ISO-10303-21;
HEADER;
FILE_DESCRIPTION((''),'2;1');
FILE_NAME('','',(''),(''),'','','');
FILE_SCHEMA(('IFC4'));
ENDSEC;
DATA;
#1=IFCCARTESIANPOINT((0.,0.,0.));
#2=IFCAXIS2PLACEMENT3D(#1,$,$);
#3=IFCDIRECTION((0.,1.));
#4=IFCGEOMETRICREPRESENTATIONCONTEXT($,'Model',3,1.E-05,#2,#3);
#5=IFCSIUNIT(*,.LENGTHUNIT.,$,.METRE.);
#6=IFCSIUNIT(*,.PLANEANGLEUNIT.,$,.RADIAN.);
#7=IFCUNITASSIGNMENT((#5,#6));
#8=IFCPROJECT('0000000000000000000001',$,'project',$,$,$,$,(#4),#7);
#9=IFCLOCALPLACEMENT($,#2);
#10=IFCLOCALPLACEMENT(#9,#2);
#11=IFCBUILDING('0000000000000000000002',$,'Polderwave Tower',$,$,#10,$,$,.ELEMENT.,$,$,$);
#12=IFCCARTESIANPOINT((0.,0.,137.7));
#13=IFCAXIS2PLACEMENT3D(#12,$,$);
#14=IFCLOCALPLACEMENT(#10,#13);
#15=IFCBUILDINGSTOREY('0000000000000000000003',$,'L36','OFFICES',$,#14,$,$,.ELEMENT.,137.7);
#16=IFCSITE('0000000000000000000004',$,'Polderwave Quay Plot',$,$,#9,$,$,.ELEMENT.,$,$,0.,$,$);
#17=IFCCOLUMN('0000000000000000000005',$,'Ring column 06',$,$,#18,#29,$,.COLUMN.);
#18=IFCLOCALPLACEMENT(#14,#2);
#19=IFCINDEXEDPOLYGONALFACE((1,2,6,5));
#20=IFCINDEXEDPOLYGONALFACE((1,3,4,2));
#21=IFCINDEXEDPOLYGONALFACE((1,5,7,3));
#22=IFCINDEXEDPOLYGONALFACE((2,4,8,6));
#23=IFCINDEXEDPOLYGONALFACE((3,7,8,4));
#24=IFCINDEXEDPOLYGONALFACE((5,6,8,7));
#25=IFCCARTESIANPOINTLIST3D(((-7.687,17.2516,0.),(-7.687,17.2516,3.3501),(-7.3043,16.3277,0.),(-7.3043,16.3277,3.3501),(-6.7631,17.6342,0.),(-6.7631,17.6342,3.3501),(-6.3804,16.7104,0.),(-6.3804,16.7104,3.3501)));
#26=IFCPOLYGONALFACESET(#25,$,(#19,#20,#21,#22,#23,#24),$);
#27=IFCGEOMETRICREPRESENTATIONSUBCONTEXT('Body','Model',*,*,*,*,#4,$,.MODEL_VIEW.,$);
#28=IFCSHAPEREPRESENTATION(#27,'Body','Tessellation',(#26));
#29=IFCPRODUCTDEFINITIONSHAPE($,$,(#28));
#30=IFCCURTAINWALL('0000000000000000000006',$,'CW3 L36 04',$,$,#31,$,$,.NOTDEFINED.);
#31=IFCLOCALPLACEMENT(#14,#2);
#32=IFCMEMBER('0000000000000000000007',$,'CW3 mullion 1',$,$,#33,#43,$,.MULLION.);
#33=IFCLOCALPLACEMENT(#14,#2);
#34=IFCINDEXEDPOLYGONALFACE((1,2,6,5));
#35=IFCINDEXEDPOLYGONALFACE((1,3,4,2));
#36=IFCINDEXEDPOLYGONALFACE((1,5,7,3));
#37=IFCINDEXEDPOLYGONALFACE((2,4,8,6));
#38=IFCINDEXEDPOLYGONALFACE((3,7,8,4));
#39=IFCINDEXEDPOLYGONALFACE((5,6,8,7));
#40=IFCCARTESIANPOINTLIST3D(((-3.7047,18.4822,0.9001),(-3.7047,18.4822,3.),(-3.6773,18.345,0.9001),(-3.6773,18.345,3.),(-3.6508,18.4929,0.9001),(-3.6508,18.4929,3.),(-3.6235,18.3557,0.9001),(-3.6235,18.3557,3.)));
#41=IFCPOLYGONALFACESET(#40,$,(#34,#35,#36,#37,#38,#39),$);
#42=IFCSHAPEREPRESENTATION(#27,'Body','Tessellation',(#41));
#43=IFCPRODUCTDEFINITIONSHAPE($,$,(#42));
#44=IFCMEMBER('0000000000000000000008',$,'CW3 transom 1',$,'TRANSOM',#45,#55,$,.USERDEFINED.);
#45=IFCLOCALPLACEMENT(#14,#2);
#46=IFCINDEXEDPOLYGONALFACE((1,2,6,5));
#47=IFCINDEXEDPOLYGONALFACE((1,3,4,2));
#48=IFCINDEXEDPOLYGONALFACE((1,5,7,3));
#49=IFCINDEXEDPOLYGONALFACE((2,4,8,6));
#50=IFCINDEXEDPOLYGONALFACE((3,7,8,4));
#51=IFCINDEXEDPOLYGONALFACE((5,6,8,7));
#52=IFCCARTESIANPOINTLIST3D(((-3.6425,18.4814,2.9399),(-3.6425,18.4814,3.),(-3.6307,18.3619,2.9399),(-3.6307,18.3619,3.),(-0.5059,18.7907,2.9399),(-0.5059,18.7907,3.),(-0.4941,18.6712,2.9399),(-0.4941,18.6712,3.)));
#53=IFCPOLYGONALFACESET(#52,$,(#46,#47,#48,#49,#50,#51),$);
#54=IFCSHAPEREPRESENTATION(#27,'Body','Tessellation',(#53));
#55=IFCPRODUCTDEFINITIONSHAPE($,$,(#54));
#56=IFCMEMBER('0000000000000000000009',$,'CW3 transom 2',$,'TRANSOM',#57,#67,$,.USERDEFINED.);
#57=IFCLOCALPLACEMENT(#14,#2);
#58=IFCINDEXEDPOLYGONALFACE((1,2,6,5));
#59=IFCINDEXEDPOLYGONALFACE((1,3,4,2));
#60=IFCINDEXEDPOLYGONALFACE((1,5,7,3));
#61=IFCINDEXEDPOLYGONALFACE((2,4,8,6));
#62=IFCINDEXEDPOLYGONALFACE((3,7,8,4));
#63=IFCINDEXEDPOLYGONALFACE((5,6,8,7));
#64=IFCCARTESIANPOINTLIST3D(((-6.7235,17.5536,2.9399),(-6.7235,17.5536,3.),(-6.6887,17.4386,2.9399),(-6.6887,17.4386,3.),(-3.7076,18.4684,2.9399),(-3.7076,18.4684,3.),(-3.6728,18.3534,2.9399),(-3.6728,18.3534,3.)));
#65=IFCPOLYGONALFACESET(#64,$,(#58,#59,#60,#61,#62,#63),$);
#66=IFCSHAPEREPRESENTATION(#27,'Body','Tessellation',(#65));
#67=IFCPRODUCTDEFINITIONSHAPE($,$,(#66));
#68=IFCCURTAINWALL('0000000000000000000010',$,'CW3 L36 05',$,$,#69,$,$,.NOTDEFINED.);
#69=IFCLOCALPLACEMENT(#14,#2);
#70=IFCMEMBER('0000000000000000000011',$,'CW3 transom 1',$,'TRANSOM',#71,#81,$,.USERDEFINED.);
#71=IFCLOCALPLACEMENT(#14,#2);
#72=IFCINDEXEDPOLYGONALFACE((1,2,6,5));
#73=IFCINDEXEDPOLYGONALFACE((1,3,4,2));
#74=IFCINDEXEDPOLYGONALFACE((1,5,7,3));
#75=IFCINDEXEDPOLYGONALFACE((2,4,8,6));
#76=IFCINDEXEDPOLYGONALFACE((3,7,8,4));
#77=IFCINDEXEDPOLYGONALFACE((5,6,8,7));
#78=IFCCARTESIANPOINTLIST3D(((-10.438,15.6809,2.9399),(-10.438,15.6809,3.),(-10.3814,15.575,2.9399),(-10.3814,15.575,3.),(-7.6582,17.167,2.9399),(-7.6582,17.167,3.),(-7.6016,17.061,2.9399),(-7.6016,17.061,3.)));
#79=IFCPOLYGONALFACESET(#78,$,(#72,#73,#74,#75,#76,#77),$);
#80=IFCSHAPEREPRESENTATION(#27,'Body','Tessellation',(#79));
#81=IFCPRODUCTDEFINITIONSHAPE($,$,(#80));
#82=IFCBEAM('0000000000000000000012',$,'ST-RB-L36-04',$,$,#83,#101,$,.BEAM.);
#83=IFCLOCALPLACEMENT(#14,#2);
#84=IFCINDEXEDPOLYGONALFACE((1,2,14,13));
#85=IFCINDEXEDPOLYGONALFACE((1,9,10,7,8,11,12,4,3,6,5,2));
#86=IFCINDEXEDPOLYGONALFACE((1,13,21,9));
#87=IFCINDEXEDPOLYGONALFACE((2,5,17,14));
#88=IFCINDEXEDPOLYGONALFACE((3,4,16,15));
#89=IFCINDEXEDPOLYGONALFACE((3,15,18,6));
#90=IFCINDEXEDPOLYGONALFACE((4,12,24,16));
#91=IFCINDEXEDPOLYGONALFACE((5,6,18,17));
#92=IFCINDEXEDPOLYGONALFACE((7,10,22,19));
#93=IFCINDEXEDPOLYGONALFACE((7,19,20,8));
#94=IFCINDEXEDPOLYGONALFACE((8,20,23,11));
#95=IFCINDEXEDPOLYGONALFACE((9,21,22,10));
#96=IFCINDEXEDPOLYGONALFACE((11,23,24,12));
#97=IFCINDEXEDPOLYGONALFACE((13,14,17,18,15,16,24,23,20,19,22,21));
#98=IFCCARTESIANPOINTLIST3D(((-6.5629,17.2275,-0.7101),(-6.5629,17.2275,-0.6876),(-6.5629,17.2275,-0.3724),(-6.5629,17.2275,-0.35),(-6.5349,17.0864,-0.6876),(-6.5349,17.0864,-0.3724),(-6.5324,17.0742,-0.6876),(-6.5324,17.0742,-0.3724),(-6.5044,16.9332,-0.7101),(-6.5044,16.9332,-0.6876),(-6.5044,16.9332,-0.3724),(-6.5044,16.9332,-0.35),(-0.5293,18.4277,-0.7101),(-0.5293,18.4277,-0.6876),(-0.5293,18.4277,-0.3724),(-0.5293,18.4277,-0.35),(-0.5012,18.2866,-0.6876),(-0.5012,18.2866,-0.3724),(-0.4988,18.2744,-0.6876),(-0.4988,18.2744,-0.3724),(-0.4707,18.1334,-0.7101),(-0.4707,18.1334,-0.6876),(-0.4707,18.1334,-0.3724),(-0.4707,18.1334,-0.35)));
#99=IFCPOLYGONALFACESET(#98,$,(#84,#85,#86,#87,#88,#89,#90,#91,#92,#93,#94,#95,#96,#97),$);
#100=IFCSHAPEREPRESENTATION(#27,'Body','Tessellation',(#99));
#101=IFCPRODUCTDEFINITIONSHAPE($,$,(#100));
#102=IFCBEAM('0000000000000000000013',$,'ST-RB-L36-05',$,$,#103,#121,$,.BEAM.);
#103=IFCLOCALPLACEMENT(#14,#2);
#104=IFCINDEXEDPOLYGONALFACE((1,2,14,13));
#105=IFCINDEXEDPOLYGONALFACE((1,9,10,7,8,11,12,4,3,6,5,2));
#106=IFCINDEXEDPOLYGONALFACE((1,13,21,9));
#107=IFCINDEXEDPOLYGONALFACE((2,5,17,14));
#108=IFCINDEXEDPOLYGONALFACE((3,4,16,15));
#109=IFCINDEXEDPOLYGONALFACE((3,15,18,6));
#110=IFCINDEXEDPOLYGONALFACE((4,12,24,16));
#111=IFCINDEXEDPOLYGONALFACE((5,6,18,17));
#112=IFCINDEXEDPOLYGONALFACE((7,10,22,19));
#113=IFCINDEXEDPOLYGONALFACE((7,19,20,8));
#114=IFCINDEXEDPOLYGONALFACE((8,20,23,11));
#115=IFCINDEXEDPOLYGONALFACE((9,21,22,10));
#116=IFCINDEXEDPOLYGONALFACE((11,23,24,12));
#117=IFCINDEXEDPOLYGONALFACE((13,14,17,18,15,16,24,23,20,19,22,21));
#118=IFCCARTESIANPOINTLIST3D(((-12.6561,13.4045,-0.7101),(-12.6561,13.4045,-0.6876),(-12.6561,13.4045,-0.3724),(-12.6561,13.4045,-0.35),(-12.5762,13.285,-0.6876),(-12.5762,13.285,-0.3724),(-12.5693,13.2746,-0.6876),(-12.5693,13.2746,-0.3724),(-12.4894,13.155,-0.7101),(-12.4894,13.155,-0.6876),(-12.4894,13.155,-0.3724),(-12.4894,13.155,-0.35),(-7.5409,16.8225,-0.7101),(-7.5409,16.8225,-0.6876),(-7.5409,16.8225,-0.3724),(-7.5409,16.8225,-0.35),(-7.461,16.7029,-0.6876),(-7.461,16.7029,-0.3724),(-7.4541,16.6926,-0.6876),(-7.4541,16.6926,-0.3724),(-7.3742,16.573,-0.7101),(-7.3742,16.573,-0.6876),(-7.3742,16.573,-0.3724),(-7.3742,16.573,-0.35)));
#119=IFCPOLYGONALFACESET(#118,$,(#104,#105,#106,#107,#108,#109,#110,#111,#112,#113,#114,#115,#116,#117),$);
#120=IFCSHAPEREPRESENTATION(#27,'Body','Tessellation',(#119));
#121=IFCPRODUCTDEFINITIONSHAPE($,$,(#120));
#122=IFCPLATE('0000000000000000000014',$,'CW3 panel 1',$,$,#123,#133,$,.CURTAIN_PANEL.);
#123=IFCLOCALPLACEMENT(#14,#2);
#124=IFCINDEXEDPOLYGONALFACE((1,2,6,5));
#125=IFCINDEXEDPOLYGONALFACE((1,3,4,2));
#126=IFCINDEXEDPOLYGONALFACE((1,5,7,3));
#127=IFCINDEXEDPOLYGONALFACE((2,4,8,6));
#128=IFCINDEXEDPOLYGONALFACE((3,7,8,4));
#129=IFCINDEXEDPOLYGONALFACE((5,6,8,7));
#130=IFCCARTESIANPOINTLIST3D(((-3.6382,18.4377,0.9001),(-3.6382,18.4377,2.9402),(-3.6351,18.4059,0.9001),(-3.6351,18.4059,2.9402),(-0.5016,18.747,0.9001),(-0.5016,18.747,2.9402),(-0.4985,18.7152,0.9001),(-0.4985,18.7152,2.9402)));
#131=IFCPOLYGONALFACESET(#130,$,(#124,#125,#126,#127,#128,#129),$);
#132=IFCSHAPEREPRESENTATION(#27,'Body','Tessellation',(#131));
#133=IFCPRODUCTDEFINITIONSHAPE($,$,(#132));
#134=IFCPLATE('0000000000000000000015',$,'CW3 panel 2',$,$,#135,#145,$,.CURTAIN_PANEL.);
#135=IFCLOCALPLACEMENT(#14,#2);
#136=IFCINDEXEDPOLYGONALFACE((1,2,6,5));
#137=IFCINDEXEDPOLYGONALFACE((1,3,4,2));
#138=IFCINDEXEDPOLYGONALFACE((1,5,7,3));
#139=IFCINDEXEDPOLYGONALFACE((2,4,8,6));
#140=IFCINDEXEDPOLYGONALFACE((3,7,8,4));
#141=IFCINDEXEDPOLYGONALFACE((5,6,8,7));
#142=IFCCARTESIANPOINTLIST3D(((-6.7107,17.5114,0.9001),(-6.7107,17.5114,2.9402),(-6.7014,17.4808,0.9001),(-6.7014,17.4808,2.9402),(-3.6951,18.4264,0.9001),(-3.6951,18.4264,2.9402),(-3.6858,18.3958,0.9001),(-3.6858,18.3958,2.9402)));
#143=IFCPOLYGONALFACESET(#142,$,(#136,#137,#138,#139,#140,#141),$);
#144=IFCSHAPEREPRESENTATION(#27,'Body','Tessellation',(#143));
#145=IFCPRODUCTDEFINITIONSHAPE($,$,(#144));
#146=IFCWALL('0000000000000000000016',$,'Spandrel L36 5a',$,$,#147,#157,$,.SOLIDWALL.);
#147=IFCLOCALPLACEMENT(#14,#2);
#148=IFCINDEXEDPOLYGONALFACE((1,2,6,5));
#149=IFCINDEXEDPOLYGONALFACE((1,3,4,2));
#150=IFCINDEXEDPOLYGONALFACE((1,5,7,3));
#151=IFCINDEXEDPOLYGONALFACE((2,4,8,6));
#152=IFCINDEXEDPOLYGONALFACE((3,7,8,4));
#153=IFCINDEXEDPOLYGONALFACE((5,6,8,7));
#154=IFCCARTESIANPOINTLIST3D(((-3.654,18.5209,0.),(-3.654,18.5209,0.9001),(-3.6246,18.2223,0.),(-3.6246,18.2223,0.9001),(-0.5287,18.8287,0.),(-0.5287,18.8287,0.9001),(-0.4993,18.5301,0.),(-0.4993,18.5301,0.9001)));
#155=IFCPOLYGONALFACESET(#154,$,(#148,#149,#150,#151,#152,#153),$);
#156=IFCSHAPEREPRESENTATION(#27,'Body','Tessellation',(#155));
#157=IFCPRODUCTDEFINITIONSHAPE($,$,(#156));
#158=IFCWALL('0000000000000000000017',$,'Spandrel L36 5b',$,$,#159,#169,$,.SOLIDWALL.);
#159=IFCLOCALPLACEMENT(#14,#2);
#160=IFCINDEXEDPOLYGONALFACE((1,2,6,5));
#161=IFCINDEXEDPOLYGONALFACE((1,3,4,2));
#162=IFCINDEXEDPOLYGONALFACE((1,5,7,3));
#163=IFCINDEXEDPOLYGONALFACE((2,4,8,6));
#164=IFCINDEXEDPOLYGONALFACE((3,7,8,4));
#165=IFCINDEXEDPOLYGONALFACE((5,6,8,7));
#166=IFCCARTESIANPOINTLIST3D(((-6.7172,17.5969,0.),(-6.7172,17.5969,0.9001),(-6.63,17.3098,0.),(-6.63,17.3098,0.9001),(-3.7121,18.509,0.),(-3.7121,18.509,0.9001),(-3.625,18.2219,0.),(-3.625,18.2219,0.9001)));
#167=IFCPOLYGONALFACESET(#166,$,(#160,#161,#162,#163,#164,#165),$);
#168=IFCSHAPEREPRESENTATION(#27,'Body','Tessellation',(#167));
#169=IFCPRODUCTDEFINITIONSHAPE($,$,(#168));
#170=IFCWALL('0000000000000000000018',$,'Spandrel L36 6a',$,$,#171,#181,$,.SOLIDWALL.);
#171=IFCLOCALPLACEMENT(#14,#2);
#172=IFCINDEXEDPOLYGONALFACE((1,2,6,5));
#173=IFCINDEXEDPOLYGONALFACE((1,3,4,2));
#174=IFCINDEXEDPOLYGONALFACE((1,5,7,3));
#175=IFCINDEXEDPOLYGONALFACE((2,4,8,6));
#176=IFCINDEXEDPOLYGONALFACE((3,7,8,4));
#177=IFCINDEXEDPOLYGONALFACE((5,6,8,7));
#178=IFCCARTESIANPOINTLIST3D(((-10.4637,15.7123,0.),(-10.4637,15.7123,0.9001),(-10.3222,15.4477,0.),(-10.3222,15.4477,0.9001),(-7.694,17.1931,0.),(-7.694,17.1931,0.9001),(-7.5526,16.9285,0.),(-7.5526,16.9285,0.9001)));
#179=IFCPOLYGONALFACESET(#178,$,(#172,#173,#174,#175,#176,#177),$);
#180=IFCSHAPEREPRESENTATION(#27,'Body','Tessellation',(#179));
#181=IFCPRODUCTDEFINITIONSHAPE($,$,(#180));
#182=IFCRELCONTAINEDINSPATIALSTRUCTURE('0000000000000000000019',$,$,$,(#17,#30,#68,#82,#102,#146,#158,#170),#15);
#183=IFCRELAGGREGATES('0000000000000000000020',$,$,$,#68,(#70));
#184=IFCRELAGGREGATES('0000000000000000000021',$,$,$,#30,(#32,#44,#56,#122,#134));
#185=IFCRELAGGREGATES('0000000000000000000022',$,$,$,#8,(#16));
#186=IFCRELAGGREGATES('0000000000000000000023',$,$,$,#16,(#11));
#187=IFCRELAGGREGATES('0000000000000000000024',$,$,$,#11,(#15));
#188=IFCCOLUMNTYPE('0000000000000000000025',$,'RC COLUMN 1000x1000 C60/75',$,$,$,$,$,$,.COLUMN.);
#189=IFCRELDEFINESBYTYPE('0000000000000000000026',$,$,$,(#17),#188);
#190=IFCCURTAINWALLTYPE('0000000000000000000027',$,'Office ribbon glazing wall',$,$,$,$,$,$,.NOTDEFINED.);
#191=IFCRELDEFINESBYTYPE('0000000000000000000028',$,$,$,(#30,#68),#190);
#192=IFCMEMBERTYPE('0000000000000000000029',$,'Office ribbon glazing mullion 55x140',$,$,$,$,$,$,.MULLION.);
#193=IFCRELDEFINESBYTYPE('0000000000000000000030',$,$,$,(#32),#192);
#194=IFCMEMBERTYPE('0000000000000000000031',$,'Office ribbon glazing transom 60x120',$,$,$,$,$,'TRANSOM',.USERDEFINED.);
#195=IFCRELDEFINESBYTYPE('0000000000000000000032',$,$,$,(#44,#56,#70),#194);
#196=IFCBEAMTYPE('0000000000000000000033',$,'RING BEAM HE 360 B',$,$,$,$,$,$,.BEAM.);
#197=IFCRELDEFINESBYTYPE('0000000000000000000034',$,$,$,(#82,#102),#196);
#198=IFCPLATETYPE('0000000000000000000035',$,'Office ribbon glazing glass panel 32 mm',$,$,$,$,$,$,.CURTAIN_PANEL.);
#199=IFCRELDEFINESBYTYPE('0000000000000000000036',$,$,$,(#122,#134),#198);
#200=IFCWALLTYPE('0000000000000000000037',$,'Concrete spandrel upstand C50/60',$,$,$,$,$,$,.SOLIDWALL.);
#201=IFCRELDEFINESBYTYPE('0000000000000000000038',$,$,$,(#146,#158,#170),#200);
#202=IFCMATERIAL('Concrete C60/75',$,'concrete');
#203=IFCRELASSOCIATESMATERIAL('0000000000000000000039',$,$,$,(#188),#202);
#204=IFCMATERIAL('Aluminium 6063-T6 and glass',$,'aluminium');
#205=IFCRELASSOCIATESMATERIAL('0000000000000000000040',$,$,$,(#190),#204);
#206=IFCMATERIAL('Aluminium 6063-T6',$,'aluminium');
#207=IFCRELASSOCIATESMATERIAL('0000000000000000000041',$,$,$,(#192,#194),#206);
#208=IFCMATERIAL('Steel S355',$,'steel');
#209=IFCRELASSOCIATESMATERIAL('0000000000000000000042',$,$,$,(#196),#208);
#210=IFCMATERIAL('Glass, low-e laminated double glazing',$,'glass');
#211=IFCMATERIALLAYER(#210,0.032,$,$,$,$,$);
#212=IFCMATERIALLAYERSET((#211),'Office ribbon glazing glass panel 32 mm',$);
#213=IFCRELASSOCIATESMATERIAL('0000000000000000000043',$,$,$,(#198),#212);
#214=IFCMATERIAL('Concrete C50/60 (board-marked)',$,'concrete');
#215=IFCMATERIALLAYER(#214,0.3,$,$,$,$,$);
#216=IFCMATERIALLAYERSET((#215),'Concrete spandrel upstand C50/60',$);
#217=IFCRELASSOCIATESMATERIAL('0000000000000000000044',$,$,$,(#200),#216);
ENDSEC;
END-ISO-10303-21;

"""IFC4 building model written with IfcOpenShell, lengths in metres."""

from ifc_helpers import new_model, si_unit, direction, frame, frame_2d, origin, origin_2d, place, context, subcontext, project, spatial, rectangle, i_section, extrude, material, layer, layer_set, material_profile, profile_set, type_object, element, aggregate, save


model = new_model("IFC4")

# Units and contexts
model_context = context("Model", 3, precision=1e-05, world=origin(), true_north=direction((0.0, 1.0)))
body_context = subcontext(model_context, "Body", "Model", "MODEL_VIEW")
ifc_project = project(units=[si_unit("LENGTHUNIT", "METRE"), si_unit("PLANEANGLEUNIT", "RADIAN")], contexts=[model_context])

# Site, building, storey
site_placement = place(None, origin())
site = spatial("IfcSite", under=ifc_project, at=site_placement, Name="Polderwave Quay Plot", CompositionType="ELEMENT", RefElevation=0.0)
building_placement = place(site_placement, origin())
building = spatial("IfcBuilding", under=site, at=building_placement, Name="Polderwave Tower", CompositionType="ELEMENT")
storey_placement = place(building_placement, frame((0.0, 0.0, 137.7)))
storey = spatial("IfcBuildingStorey", under=building, at=storey_placement, Name="L36", Description="OFFICES", CompositionType="ELEMENT", Elevation=137.7)

# Column
ifc_material_1 = material(Name="Concrete C60/75", Category="concrete")
ifc_material_profile_1 = material_profile(ifc_material_1, rectangle(XDim=1.0, YDim=1.0, at=origin_2d()), Name="RC 1000x1000")
ifc_profile_set_1 = profile_set([ifc_material_profile_1], Name="Concrete C60/75")
column_type = type_object("IfcColumnType", Name="RC COLUMN 1000x1000 C60/75", PredefinedType="COLUMN", material=ifc_profile_set_1)
column_placement = place(storey_placement, frame((-7.0337, 16.981, 0.0), z_axis=(0.0, 0.0, 1.0), x_axis=(-0.382683, 0.92388, 0.0)))
element("IfcColumn", 1, at=column_placement, inside=storey, type_object=column_type, Name="Ring column 06", PredefinedType="COLUMN", context=body_context, shape_type="SweptSolid", body=[
    extrude(rectangle(XDim=1.0, YDim=1.0, at=origin_2d()), origin(), (0.0, 0.0, 1.0), 3.3501),
])

# Curtain wall, members
ifc_material_2 = material(Name="Aluminium 6063-T6 and glass", Category="aluminium")
curtain_wall_type = type_object("IfcCurtainWallType", Name="Office ribbon glazing wall", PredefinedType="NOTDEFINED", material=ifc_material_2)
curtain_wall_1_placement = place(storey_placement, origin())
curtain_wall_1 = element("IfcCurtainWall", 2, at=curtain_wall_1_placement, inside=storey, type_object=curtain_wall_type, Name="CW3 L36 04", PredefinedType="NOTDEFINED")
ifc_material_3 = material(Name="Aluminium 6063-T6", Category="aluminium")
ifc_material_profile_2 = material_profile(ifc_material_3, rectangle(XDim=0.1399, YDim=0.0549, at=origin_2d()), Name="AL 55x140")
ifc_profile_set_2 = profile_set([ifc_material_profile_2], Name="Aluminium 6063-T6")
member_type_1 = type_object("IfcMemberType", Name="Office ribbon glazing mullion 55x140", PredefinedType="MULLION", material=ifc_profile_set_2)
member_1_placement = place(storey_placement, frame((-3.6641, 18.4189, 0.9001), z_axis=(0.0, 0.0, 1.0), x_axis=(0.195179, -0.980768, 0.0)))
member_1 = element("IfcMember", 3, at=member_1_placement, type_object=member_type_1, Name="CW3 mullion 1", PredefinedType="MULLION", context=body_context, shape_type="SweptSolid", body=[
    extrude(rectangle(XDim=0.1399, YDim=0.0549, at=origin_2d()), origin(), (0.0, 0.0, 1.0), 2.0999),
])
ifc_material_profile_3 = material_profile(ifc_material_3, rectangle(XDim=0.1201, YDim=0.0601, at=origin_2d()), Name="AL 60x120")
ifc_profile_set_3 = profile_set([ifc_material_profile_3], Name="Aluminium 6063-T6")
member_type_2 = type_object("IfcMemberType", Name="Office ribbon glazing transom 60x120", ElementType="TRANSOM", PredefinedType="USERDEFINED", material=ifc_profile_set_3)
member_2_placement = place(storey_placement, frame((-0.5, 18.731, 2.97), z_axis=(-0.995173, -0.098139, 0.0), x_axis=(0.098139, -0.995173, 0.0)))
member_2 = element("IfcMember", 4, at=member_2_placement, type_object=member_type_2, Name="CW3 transom 1", ObjectType="TRANSOM", PredefinedType="USERDEFINED", context=body_context, shape_type="SweptSolid", body=[
    extrude(rectangle(XDim=0.1201, YDim=0.0601, at=origin_2d()), origin(), (0.0, 0.0, 1.0), 3.1519),
])
member_3_placement = place(storey_placement, frame((-3.6902, 18.4109, 2.97), z_axis=(-0.956946, -0.290268, 0.0), x_axis=(0.290268, -0.956946, 0.0)))
member_3 = element("IfcMember", 5, at=member_3_placement, type_object=member_type_2, Name="CW3 transom 2", ObjectType="TRANSOM", PredefinedType="USERDEFINED", context=body_context, shape_type="SweptSolid", body=[
    extrude(rectangle(XDim=0.1201, YDim=0.0601, at=origin_2d()), origin(), (0.0, 0.0, 1.0), 3.1516),
])

# Curtain wall, member
curtain_wall_2_placement = place(storey_placement, origin())
curtain_wall_2 = element("IfcCurtainWall", 6, at=curtain_wall_2_placement, inside=storey, type_object=curtain_wall_type, Name="CW3 L36 05", PredefinedType="NOTDEFINED")
member_4_placement = place(storey_placement, frame((-7.6299, 17.114, 2.97), z_axis=(-0.881887, -0.47146, 0.0), x_axis=(0.47146, -0.881887, 0.0)))
member_4 = element("IfcMember", 7, at=member_4_placement, type_object=member_type_2, Name="CW3 transom 1", ObjectType="TRANSOM", PredefinedType="USERDEFINED", context=body_context, shape_type="SweptSolid", body=[
    extrude(rectangle(XDim=0.1201, YDim=0.0601, at=origin_2d()), origin(), (0.0, 0.0, 1.0), 3.1521),
])
aggregate(curtain_wall_2, [member_4])

# Beams
ifc_material_4 = material(Name="Steel S355", Category="steel")
ifc_material_profile_4 = material_profile(ifc_material_4, i_section(OverallWidth=0.3, OverallDepth=0.3601, WebThickness=0.0125, FlangeThickness=0.0225, at=origin_2d()), Name="HE 360 B")
ifc_profile_set_4 = profile_set([ifc_material_profile_4], Name="Steel S355")
beam_type = type_object("IfcBeamType", Name="RING BEAM HE 360 B", PredefinedType="BEAM", material=ifc_profile_set_4)
beam_1_placement = place(storey_placement, frame((-0.5, 18.2805, -0.53), z_axis=(-0.980785, -0.195093, 0.0), x_axis=(0.195093, -0.980785, 0.0)))
element("IfcBeam", 8, at=beam_1_placement, inside=storey, type_object=beam_type, Name="ST-RB-L36-04", PredefinedType="BEAM", context=body_context, shape_type="SweptSolid", body=[
    extrude(i_section(OverallWidth=0.3, OverallDepth=0.3601, WebThickness=0.0125, FlangeThickness=0.0225, at=origin_2d()), origin(), (0.0, 0.0, 1.0), 6.1519),
])
beam_2_placement = place(storey_placement, frame((-7.4575, 16.6978, -0.53), z_axis=(-0.831464, -0.555579, 0.0), x_axis=(0.555579, -0.831464, 0.0)))
element("IfcBeam", 9, at=beam_2_placement, inside=storey, type_object=beam_type, Name="ST-RB-L36-05", PredefinedType="BEAM", context=body_context, shape_type="SweptSolid", body=[
    extrude(i_section(OverallWidth=0.3, OverallDepth=0.3601, WebThickness=0.0125, FlangeThickness=0.0225, at=origin_2d()), origin(), (0.0, 0.0, 1.0), 6.1521),
])

# Plates
ifc_material_5 = material(Name="Glass, low-e laminated double glazing", Category="glass")
ifc_layer_1 = layer(ifc_material_5, 0.032)
ifc_layer_set_1 = layer_set([ifc_layer_1], Name="Office ribbon glazing glass panel 32 mm")
plate_type = type_object("IfcPlateType", Name="Office ribbon glazing glass panel 32 mm", PredefinedType="CURTAIN_PANEL", material=ifc_layer_set_1)
plate_1_placement = place(storey_placement, frame((-2.0684, 18.5764, 0.9001), z_axis=(0.0, 0.0, 1.0), x_axis=(-0.995173, -0.098134, 0.0)))
plate_1 = element("IfcPlate", 10, at=plate_1_placement, type_object=plate_type, Name="CW3 panel 1", PredefinedType="CURTAIN_PANEL", context=body_context, shape_type="SweptSolid", body=[
    extrude(rectangle(XDim=3.1519, YDim=0.032, at=origin_2d()), origin(), (0.0, 0.0, 1.0), 2.04),
])
plate_2_placement = place(storey_placement, frame((-5.1982, 17.9536, 0.9001), z_axis=(0.0, 0.0, 1.0), x_axis=(-0.956921, -0.290348, 0.0)))
plate_2 = element("IfcPlate", 11, at=plate_2_placement, type_object=plate_type, Name="CW3 panel 2", PredefinedType="CURTAIN_PANEL", context=body_context, shape_type="SweptSolid", body=[
    extrude(rectangle(XDim=3.1514, YDim=0.032, at=origin_2d()), origin(), (0.0, 0.0, 1.0), 2.04),
])
aggregate(curtain_wall_1, [member_1, member_2, member_3, plate_1, plate_2])

# Walls
ifc_material_6 = material(Name="Concrete C50/60 (board-marked)", Category="concrete")
ifc_layer_2 = layer(ifc_material_6, 0.3)
ifc_layer_set_2 = layer_set([ifc_layer_2], Name="Concrete spandrel upstand C50/60")
wall_type_1 = type_object("IfcWallType", Name="Concrete spandrel upstand C50/60", PredefinedType="SOLIDWALL", material=ifc_layer_set_2)
for number, where, z_axis, x_axis, name in (
    (12, (-0.5139, 18.6794, 0.0), (0.0, 0.0, 1.0), (-0.995183, -0.098033, 0.0), "Spandrel L36 5a"),
    (13, (-3.6685, 18.3655, 0.0), (0.0, 0.0, 1.0), (-0.956895, -0.290435, 0.0), "Spandrel L36 5b"),
):
    element("IfcWall", number, at=place(storey_placement, frame(where, z_axis=z_axis, x_axis=x_axis)), inside=storey, type_object=wall_type_1, Name=name, PredefinedType="SOLIDWALL", context=body_context, shape_type="SweptSolid", body=[
        extrude(rectangle(XDim=3.1404, YDim=0.3, at=frame_2d((1.5703, 0.0))), origin(), (0.0, 0.0, 1.0), 0.9001),
    ])
wall_1_placement = place(storey_placement, frame((-7.6233, 17.0608, 0.0), z_axis=(0.0, 0.0, 1.0), x_axis=(-0.881873, -0.471488, 0.0)))
element("IfcWall", 14, at=wall_1_placement, inside=storey, type_object=wall_type_1, Name="Spandrel L36 6a", PredefinedType="SOLIDWALL", context=body_context, shape_type="SweptSolid", body=[
    extrude(rectangle(XDim=3.1406, YDim=0.3, at=frame_2d((1.5703, 0.0))), origin(), (0.0, 0.0, 1.0), 0.9001),
])

save(model, "model.ifc")
